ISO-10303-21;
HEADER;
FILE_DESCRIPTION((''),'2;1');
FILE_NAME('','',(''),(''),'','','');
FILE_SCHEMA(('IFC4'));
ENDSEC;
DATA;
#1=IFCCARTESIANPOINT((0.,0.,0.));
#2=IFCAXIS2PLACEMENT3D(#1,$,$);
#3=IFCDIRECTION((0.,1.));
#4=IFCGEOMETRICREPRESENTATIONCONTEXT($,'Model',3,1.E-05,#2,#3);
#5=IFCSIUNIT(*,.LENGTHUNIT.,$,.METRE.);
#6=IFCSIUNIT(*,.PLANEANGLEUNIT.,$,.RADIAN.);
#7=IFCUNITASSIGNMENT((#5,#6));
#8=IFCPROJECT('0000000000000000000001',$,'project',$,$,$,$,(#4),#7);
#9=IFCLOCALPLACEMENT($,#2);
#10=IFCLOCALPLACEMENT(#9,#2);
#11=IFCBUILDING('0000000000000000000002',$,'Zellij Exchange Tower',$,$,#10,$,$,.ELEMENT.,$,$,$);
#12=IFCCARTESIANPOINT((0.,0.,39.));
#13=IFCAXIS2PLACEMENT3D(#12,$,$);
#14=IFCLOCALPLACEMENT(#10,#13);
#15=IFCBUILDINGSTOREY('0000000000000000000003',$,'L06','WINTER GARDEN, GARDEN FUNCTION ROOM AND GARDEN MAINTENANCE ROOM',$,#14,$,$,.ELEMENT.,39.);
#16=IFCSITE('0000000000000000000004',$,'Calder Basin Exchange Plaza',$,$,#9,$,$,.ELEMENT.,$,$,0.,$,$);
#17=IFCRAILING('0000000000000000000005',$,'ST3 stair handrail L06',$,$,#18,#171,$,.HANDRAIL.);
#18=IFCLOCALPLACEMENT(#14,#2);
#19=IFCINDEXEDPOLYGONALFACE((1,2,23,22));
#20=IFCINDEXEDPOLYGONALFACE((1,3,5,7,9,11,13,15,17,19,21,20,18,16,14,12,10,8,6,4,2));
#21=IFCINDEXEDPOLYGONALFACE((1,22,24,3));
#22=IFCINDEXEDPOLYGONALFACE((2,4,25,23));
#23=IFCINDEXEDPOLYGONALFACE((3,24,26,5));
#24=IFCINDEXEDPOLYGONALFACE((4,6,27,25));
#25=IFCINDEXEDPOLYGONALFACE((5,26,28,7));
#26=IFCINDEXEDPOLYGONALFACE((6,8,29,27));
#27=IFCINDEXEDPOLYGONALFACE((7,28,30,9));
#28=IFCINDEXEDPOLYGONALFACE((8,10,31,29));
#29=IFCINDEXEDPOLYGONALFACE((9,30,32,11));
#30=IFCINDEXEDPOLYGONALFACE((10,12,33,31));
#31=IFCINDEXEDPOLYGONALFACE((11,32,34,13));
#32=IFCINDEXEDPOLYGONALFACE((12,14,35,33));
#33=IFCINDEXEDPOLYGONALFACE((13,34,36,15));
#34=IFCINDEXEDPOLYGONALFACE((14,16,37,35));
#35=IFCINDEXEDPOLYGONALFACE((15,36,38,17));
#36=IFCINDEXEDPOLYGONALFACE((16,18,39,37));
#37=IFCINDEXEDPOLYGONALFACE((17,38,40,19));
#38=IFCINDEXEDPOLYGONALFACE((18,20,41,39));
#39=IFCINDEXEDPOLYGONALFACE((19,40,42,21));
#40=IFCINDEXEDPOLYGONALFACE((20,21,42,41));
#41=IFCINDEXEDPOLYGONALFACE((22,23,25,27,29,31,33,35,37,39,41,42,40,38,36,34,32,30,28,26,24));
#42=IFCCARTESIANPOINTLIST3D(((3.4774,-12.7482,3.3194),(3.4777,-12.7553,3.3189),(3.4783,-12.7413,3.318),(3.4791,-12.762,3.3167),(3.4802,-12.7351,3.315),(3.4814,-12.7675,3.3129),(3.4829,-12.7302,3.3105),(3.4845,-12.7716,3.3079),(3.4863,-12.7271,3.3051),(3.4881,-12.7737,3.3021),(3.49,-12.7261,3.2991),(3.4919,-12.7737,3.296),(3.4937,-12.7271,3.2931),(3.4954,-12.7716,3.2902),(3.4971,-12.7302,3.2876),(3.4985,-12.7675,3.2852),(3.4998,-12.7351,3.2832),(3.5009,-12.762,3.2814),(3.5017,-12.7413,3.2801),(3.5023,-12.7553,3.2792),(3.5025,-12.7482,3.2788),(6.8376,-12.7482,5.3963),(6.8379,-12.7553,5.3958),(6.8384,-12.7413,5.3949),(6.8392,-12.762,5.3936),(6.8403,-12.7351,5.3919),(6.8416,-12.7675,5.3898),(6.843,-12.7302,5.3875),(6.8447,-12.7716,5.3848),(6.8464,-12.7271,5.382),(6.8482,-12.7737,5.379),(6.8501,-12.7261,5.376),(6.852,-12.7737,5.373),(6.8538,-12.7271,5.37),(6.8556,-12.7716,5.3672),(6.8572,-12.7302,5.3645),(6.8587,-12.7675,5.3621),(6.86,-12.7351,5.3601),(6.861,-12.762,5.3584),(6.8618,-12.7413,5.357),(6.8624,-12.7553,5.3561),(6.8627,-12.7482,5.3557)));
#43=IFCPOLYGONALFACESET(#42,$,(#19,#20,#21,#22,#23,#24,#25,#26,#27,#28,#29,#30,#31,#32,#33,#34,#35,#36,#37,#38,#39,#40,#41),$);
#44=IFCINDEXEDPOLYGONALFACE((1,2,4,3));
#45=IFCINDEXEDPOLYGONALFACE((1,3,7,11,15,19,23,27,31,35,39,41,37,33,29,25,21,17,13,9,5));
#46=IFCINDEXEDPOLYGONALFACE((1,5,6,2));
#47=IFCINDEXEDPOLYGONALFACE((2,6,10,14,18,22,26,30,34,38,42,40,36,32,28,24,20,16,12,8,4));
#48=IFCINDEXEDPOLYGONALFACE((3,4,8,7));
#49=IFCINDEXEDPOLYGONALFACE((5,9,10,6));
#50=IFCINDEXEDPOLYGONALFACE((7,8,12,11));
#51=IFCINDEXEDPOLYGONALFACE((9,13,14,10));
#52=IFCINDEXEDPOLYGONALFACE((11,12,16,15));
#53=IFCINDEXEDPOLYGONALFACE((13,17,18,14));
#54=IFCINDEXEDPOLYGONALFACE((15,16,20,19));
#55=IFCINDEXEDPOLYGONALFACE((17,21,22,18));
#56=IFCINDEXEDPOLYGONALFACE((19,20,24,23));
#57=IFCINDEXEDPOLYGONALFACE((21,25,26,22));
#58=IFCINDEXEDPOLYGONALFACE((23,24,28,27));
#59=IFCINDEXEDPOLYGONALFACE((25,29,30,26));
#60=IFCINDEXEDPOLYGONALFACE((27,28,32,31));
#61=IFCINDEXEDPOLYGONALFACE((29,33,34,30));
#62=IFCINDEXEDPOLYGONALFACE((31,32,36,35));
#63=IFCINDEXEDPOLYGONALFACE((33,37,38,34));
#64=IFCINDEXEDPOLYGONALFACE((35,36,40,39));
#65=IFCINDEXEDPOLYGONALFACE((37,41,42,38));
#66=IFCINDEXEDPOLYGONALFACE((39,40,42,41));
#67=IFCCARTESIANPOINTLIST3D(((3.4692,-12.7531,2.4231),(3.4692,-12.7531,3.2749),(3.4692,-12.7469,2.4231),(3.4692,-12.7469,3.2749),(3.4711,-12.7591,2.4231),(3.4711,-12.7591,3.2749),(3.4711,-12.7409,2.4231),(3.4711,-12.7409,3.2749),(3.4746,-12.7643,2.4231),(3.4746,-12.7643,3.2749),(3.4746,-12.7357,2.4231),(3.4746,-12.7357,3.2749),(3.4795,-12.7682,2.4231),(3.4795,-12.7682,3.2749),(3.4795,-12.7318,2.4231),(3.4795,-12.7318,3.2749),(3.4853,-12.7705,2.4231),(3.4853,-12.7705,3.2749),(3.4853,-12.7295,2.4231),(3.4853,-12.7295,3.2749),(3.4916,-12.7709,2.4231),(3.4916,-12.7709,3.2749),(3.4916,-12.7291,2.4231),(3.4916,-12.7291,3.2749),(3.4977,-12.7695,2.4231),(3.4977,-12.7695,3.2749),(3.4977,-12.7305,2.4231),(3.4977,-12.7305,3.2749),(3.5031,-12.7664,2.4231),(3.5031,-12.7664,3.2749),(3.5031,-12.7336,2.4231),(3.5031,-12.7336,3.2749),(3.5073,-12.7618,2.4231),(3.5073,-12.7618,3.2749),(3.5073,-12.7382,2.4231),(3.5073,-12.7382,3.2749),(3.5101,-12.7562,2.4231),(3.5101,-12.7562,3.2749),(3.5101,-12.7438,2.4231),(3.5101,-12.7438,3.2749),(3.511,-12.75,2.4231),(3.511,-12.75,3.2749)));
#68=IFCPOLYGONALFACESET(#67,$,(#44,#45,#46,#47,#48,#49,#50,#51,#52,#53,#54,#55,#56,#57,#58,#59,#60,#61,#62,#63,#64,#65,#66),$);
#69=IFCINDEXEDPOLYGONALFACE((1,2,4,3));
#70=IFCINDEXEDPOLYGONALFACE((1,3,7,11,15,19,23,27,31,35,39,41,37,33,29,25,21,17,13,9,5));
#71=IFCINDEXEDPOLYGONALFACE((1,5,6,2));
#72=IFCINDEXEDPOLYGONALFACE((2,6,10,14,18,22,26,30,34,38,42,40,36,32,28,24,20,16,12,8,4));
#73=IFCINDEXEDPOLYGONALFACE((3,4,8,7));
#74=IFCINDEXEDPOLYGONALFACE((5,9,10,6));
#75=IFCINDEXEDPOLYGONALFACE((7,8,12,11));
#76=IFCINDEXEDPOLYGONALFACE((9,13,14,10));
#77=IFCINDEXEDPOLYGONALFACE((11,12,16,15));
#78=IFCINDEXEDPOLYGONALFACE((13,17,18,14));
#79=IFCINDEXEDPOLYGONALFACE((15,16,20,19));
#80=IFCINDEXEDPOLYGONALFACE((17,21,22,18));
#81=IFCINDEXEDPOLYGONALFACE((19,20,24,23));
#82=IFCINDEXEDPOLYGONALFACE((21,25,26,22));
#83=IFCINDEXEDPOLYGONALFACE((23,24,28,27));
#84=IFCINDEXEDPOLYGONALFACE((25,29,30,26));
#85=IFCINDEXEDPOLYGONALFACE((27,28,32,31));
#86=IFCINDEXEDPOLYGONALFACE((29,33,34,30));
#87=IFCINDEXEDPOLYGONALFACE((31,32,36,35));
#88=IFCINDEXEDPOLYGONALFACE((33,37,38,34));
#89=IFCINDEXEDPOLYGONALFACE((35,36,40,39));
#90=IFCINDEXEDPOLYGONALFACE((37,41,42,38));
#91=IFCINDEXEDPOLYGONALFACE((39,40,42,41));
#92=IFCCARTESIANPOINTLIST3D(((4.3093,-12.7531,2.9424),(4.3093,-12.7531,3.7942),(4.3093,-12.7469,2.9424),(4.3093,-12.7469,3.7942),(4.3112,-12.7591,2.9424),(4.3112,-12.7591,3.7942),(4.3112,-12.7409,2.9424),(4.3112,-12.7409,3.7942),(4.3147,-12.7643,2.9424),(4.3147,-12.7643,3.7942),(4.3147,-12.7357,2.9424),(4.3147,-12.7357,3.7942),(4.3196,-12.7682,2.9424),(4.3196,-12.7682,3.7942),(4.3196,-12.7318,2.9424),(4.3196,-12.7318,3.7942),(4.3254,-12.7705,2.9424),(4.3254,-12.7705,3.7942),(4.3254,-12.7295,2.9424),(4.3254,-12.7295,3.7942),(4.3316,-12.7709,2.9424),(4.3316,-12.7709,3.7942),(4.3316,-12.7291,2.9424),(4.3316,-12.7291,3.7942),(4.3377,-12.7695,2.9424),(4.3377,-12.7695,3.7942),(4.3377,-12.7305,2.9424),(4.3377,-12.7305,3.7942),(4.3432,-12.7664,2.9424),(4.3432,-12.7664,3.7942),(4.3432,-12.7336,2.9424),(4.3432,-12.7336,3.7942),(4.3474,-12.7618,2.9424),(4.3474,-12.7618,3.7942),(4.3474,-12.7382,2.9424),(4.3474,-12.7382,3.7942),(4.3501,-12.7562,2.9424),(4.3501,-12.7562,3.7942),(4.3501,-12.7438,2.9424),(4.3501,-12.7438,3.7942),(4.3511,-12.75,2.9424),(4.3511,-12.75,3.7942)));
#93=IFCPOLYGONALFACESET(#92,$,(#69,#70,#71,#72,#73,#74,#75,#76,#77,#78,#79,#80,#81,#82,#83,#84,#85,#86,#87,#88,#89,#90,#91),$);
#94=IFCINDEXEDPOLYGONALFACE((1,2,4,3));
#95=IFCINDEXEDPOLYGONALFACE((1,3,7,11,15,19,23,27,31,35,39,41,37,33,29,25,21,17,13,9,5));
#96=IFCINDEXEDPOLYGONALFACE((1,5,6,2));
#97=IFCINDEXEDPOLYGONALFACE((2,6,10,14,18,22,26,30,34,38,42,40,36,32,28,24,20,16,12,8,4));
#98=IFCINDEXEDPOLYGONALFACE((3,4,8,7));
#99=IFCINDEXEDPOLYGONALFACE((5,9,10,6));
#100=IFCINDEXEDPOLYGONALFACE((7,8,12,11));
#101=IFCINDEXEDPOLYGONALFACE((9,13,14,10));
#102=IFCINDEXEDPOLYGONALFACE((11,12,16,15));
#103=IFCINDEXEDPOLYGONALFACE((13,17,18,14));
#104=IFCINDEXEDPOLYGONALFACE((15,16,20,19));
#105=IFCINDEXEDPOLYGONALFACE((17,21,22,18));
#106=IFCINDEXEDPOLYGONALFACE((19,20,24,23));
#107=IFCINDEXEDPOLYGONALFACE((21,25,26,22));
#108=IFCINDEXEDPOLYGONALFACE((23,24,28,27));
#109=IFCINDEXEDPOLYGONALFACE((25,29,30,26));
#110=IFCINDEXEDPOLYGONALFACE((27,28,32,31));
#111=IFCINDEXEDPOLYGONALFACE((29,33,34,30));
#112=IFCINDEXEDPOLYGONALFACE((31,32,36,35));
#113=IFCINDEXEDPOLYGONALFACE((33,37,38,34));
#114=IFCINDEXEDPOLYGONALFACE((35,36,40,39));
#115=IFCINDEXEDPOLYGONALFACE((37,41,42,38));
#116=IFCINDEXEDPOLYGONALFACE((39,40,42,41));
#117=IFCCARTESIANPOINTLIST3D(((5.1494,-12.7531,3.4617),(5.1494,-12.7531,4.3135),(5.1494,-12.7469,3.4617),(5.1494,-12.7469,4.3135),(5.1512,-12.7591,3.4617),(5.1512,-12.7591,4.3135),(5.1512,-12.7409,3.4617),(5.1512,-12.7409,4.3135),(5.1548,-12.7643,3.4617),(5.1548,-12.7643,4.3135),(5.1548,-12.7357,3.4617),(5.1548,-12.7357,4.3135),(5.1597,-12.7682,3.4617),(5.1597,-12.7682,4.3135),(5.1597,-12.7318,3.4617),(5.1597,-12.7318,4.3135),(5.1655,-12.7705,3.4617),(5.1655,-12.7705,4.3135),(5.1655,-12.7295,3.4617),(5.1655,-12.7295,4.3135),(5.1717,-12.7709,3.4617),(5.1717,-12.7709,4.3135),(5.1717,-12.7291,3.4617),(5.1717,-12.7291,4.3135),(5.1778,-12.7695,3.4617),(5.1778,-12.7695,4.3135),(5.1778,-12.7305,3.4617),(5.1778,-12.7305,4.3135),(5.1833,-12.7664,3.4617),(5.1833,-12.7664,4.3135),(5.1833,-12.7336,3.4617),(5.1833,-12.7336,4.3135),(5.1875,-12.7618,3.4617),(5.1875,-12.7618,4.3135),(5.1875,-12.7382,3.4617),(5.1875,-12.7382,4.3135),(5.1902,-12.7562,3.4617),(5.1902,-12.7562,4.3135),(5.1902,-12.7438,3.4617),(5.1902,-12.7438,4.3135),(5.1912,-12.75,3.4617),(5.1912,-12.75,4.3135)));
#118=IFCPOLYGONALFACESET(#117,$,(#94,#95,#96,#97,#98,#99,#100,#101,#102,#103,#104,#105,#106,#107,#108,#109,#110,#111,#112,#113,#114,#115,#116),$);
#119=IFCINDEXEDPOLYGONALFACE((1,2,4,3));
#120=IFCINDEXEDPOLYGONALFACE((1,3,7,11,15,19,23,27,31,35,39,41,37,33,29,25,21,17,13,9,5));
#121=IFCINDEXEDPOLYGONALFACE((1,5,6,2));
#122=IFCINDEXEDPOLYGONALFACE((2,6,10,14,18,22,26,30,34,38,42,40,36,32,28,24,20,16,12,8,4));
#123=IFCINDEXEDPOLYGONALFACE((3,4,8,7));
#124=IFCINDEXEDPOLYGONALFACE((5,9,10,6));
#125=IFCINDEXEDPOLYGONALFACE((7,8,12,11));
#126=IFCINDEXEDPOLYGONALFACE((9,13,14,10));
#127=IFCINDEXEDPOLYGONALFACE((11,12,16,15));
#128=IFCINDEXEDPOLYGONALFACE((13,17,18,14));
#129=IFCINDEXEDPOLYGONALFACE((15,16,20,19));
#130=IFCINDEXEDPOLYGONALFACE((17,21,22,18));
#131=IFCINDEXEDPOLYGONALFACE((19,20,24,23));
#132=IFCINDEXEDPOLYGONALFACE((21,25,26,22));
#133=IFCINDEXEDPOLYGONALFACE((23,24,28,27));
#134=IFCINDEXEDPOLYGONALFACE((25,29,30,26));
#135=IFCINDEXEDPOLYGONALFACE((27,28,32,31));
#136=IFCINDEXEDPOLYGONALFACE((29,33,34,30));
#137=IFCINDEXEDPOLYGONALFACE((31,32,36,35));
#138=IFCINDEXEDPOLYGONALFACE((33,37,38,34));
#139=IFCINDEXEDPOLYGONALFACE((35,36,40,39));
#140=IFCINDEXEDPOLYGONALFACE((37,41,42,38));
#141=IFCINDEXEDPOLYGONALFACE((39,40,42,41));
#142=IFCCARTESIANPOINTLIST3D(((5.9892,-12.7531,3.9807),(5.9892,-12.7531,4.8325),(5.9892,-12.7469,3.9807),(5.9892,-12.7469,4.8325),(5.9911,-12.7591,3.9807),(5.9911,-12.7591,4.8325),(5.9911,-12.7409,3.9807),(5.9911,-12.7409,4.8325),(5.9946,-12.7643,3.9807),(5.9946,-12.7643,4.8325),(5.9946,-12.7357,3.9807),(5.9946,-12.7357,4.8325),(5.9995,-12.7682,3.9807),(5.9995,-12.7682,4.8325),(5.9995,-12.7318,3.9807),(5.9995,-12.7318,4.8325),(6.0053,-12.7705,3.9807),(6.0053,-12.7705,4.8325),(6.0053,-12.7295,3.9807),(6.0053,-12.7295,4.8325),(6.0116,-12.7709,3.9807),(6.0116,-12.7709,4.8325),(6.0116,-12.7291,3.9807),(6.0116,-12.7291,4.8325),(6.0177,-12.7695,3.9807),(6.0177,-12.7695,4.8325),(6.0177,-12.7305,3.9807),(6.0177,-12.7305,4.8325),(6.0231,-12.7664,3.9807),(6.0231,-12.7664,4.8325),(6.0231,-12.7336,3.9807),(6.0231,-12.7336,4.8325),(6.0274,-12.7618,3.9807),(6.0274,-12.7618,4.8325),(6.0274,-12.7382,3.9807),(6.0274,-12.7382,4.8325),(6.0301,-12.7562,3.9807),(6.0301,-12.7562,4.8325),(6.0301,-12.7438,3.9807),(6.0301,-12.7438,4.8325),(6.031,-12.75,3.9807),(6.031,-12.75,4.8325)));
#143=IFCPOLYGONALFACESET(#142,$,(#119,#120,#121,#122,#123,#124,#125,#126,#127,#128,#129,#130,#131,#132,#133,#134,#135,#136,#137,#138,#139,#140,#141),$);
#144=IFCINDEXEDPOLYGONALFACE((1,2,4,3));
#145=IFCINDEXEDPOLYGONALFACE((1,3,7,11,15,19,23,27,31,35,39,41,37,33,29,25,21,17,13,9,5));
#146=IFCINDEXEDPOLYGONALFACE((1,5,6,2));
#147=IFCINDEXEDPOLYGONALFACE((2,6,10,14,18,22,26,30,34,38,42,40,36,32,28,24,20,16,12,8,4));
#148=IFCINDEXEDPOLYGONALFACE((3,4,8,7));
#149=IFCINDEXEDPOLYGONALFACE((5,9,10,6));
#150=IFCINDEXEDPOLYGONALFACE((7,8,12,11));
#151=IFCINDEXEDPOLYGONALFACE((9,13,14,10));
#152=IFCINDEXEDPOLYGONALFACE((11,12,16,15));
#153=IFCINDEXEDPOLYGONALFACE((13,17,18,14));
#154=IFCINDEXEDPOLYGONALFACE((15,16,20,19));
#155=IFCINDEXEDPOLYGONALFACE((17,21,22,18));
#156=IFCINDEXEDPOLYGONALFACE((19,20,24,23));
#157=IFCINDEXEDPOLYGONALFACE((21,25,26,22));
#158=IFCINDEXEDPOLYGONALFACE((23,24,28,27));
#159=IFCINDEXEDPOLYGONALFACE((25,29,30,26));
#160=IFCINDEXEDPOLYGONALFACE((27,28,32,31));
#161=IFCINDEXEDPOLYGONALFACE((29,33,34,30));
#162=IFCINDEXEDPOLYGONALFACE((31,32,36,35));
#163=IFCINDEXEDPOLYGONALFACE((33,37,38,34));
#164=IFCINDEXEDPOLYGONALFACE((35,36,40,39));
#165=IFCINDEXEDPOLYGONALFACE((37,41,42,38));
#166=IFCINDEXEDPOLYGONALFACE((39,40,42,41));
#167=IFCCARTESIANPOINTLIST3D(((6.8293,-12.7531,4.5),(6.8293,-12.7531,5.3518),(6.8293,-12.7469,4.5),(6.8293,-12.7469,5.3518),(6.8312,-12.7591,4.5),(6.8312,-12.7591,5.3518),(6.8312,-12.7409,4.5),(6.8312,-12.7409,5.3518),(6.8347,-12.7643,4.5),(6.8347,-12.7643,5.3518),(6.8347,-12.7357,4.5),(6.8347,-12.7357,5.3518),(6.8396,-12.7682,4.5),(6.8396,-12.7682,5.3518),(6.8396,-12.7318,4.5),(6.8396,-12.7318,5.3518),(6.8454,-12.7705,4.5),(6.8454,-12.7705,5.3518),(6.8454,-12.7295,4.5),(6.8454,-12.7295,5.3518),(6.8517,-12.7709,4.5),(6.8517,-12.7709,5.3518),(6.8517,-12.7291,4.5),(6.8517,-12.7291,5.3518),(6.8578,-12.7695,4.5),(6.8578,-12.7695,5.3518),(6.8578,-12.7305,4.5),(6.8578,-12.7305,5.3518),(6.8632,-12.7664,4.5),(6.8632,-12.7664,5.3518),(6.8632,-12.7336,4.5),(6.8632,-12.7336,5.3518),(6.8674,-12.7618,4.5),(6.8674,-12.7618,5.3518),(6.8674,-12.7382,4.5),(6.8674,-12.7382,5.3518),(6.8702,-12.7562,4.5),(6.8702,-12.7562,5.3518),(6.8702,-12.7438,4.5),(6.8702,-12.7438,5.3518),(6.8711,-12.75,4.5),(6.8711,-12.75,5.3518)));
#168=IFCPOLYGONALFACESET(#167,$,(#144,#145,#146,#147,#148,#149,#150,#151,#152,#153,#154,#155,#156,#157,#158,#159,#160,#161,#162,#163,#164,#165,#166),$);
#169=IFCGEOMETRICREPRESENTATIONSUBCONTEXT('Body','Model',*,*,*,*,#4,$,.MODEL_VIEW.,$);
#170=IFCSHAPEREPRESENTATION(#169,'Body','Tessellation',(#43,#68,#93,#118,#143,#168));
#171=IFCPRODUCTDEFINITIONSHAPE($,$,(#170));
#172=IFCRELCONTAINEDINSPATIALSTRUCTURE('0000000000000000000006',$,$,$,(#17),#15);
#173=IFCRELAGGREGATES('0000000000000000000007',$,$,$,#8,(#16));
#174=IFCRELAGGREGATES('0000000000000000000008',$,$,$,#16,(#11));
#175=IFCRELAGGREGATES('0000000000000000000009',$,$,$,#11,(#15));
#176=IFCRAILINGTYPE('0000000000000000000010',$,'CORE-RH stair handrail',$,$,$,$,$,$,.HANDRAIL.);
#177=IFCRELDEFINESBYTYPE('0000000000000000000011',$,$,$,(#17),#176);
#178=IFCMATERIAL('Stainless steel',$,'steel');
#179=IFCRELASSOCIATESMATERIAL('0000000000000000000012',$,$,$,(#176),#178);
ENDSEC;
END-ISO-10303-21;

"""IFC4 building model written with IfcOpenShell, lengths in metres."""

from ifc_helpers import new_model, si_unit, direction, frame, origin, origin_2d, place, context, subcontext, project, spatial, circle, extrude, material, type_object, element, save


model = new_model("IFC4")

# Units and contexts
model_context = context("Model", 3, precision=1e-05, world=origin(), true_north=direction((0.0, 1.0)))
body_context = subcontext(model_context, "Body", "Model", "MODEL_VIEW")
ifc_project = project(units=[si_unit("LENGTHUNIT", "METRE"), si_unit("PLANEANGLEUNIT", "RADIAN")], contexts=[model_context])

# Site, building, storey
site_placement = place(None, origin())
site = spatial("IfcSite", under=ifc_project, at=site_placement, Name="Calder Basin Exchange Plaza", CompositionType="ELEMENT", RefElevation=0.0)
building_placement = place(site_placement, origin())
building = spatial("IfcBuilding", under=site, at=building_placement, Name="Zellij Exchange Tower", CompositionType="ELEMENT")
storey_placement = place(building_placement, frame((0.0, 0.0, 39.0)))
storey = spatial("IfcBuildingStorey", under=building, at=storey_placement, Name="L06", Description="WINTER GARDEN, GARDEN FUNCTION ROOM AND GARDEN MAINTENANCE ROOM", CompositionType="ELEMENT", Elevation=39.0)

# Railing
ifc_material_1 = material(Name="Stainless steel", Category="steel")
railing_type_1 = type_object("IfcRailingType", Name="CORE-RH stair handrail", PredefinedType="HANDRAIL", material=ifc_material_1)
railing_1_placement = place(storey_placement, frame((3.49, -12.75, 2.4231)))
element("IfcRailing", 1, at=railing_1_placement, inside=storey, type_object=railing_type_1, Name="ST3 stair handrail L06", PredefinedType="HANDRAIL", context=body_context, shape_type="SweptSolid", body=[
    extrude(circle(Radius=0.0239, at=origin_2d()), frame((0.0, 0.0, 0.876), z_axis=(0.850623, 0.0, 0.525776), x_axis=(0.0, 1.0, 0.0)), (0.0, 0.0, 1.0), 3.9502),
    extrude(circle(Radius=0.021, at=origin_2d()), origin(), (0.0, 0.0, 1.0), 0.8518),
    extrude(circle(Radius=0.021, at=origin_2d()), frame((0.8401, 0.0, 0.5193)), (0.0, 0.0, 1.0), 0.8518),
    extrude(circle(Radius=0.021, at=origin_2d()), frame((1.6802, 0.0, 1.0386)), (0.0, 0.0, 1.0), 0.8518),
    extrude(circle(Radius=0.021, at=origin_2d()), frame((2.52, 0.0, 1.5576)), (0.0, 0.0, 1.0), 0.8518),
    extrude(circle(Radius=0.021, at=origin_2d()), frame((3.3601, 0.0, 2.0769)), (0.0, 0.0, 1.0), 0.8518),
])

save(model, "model.ifc")
